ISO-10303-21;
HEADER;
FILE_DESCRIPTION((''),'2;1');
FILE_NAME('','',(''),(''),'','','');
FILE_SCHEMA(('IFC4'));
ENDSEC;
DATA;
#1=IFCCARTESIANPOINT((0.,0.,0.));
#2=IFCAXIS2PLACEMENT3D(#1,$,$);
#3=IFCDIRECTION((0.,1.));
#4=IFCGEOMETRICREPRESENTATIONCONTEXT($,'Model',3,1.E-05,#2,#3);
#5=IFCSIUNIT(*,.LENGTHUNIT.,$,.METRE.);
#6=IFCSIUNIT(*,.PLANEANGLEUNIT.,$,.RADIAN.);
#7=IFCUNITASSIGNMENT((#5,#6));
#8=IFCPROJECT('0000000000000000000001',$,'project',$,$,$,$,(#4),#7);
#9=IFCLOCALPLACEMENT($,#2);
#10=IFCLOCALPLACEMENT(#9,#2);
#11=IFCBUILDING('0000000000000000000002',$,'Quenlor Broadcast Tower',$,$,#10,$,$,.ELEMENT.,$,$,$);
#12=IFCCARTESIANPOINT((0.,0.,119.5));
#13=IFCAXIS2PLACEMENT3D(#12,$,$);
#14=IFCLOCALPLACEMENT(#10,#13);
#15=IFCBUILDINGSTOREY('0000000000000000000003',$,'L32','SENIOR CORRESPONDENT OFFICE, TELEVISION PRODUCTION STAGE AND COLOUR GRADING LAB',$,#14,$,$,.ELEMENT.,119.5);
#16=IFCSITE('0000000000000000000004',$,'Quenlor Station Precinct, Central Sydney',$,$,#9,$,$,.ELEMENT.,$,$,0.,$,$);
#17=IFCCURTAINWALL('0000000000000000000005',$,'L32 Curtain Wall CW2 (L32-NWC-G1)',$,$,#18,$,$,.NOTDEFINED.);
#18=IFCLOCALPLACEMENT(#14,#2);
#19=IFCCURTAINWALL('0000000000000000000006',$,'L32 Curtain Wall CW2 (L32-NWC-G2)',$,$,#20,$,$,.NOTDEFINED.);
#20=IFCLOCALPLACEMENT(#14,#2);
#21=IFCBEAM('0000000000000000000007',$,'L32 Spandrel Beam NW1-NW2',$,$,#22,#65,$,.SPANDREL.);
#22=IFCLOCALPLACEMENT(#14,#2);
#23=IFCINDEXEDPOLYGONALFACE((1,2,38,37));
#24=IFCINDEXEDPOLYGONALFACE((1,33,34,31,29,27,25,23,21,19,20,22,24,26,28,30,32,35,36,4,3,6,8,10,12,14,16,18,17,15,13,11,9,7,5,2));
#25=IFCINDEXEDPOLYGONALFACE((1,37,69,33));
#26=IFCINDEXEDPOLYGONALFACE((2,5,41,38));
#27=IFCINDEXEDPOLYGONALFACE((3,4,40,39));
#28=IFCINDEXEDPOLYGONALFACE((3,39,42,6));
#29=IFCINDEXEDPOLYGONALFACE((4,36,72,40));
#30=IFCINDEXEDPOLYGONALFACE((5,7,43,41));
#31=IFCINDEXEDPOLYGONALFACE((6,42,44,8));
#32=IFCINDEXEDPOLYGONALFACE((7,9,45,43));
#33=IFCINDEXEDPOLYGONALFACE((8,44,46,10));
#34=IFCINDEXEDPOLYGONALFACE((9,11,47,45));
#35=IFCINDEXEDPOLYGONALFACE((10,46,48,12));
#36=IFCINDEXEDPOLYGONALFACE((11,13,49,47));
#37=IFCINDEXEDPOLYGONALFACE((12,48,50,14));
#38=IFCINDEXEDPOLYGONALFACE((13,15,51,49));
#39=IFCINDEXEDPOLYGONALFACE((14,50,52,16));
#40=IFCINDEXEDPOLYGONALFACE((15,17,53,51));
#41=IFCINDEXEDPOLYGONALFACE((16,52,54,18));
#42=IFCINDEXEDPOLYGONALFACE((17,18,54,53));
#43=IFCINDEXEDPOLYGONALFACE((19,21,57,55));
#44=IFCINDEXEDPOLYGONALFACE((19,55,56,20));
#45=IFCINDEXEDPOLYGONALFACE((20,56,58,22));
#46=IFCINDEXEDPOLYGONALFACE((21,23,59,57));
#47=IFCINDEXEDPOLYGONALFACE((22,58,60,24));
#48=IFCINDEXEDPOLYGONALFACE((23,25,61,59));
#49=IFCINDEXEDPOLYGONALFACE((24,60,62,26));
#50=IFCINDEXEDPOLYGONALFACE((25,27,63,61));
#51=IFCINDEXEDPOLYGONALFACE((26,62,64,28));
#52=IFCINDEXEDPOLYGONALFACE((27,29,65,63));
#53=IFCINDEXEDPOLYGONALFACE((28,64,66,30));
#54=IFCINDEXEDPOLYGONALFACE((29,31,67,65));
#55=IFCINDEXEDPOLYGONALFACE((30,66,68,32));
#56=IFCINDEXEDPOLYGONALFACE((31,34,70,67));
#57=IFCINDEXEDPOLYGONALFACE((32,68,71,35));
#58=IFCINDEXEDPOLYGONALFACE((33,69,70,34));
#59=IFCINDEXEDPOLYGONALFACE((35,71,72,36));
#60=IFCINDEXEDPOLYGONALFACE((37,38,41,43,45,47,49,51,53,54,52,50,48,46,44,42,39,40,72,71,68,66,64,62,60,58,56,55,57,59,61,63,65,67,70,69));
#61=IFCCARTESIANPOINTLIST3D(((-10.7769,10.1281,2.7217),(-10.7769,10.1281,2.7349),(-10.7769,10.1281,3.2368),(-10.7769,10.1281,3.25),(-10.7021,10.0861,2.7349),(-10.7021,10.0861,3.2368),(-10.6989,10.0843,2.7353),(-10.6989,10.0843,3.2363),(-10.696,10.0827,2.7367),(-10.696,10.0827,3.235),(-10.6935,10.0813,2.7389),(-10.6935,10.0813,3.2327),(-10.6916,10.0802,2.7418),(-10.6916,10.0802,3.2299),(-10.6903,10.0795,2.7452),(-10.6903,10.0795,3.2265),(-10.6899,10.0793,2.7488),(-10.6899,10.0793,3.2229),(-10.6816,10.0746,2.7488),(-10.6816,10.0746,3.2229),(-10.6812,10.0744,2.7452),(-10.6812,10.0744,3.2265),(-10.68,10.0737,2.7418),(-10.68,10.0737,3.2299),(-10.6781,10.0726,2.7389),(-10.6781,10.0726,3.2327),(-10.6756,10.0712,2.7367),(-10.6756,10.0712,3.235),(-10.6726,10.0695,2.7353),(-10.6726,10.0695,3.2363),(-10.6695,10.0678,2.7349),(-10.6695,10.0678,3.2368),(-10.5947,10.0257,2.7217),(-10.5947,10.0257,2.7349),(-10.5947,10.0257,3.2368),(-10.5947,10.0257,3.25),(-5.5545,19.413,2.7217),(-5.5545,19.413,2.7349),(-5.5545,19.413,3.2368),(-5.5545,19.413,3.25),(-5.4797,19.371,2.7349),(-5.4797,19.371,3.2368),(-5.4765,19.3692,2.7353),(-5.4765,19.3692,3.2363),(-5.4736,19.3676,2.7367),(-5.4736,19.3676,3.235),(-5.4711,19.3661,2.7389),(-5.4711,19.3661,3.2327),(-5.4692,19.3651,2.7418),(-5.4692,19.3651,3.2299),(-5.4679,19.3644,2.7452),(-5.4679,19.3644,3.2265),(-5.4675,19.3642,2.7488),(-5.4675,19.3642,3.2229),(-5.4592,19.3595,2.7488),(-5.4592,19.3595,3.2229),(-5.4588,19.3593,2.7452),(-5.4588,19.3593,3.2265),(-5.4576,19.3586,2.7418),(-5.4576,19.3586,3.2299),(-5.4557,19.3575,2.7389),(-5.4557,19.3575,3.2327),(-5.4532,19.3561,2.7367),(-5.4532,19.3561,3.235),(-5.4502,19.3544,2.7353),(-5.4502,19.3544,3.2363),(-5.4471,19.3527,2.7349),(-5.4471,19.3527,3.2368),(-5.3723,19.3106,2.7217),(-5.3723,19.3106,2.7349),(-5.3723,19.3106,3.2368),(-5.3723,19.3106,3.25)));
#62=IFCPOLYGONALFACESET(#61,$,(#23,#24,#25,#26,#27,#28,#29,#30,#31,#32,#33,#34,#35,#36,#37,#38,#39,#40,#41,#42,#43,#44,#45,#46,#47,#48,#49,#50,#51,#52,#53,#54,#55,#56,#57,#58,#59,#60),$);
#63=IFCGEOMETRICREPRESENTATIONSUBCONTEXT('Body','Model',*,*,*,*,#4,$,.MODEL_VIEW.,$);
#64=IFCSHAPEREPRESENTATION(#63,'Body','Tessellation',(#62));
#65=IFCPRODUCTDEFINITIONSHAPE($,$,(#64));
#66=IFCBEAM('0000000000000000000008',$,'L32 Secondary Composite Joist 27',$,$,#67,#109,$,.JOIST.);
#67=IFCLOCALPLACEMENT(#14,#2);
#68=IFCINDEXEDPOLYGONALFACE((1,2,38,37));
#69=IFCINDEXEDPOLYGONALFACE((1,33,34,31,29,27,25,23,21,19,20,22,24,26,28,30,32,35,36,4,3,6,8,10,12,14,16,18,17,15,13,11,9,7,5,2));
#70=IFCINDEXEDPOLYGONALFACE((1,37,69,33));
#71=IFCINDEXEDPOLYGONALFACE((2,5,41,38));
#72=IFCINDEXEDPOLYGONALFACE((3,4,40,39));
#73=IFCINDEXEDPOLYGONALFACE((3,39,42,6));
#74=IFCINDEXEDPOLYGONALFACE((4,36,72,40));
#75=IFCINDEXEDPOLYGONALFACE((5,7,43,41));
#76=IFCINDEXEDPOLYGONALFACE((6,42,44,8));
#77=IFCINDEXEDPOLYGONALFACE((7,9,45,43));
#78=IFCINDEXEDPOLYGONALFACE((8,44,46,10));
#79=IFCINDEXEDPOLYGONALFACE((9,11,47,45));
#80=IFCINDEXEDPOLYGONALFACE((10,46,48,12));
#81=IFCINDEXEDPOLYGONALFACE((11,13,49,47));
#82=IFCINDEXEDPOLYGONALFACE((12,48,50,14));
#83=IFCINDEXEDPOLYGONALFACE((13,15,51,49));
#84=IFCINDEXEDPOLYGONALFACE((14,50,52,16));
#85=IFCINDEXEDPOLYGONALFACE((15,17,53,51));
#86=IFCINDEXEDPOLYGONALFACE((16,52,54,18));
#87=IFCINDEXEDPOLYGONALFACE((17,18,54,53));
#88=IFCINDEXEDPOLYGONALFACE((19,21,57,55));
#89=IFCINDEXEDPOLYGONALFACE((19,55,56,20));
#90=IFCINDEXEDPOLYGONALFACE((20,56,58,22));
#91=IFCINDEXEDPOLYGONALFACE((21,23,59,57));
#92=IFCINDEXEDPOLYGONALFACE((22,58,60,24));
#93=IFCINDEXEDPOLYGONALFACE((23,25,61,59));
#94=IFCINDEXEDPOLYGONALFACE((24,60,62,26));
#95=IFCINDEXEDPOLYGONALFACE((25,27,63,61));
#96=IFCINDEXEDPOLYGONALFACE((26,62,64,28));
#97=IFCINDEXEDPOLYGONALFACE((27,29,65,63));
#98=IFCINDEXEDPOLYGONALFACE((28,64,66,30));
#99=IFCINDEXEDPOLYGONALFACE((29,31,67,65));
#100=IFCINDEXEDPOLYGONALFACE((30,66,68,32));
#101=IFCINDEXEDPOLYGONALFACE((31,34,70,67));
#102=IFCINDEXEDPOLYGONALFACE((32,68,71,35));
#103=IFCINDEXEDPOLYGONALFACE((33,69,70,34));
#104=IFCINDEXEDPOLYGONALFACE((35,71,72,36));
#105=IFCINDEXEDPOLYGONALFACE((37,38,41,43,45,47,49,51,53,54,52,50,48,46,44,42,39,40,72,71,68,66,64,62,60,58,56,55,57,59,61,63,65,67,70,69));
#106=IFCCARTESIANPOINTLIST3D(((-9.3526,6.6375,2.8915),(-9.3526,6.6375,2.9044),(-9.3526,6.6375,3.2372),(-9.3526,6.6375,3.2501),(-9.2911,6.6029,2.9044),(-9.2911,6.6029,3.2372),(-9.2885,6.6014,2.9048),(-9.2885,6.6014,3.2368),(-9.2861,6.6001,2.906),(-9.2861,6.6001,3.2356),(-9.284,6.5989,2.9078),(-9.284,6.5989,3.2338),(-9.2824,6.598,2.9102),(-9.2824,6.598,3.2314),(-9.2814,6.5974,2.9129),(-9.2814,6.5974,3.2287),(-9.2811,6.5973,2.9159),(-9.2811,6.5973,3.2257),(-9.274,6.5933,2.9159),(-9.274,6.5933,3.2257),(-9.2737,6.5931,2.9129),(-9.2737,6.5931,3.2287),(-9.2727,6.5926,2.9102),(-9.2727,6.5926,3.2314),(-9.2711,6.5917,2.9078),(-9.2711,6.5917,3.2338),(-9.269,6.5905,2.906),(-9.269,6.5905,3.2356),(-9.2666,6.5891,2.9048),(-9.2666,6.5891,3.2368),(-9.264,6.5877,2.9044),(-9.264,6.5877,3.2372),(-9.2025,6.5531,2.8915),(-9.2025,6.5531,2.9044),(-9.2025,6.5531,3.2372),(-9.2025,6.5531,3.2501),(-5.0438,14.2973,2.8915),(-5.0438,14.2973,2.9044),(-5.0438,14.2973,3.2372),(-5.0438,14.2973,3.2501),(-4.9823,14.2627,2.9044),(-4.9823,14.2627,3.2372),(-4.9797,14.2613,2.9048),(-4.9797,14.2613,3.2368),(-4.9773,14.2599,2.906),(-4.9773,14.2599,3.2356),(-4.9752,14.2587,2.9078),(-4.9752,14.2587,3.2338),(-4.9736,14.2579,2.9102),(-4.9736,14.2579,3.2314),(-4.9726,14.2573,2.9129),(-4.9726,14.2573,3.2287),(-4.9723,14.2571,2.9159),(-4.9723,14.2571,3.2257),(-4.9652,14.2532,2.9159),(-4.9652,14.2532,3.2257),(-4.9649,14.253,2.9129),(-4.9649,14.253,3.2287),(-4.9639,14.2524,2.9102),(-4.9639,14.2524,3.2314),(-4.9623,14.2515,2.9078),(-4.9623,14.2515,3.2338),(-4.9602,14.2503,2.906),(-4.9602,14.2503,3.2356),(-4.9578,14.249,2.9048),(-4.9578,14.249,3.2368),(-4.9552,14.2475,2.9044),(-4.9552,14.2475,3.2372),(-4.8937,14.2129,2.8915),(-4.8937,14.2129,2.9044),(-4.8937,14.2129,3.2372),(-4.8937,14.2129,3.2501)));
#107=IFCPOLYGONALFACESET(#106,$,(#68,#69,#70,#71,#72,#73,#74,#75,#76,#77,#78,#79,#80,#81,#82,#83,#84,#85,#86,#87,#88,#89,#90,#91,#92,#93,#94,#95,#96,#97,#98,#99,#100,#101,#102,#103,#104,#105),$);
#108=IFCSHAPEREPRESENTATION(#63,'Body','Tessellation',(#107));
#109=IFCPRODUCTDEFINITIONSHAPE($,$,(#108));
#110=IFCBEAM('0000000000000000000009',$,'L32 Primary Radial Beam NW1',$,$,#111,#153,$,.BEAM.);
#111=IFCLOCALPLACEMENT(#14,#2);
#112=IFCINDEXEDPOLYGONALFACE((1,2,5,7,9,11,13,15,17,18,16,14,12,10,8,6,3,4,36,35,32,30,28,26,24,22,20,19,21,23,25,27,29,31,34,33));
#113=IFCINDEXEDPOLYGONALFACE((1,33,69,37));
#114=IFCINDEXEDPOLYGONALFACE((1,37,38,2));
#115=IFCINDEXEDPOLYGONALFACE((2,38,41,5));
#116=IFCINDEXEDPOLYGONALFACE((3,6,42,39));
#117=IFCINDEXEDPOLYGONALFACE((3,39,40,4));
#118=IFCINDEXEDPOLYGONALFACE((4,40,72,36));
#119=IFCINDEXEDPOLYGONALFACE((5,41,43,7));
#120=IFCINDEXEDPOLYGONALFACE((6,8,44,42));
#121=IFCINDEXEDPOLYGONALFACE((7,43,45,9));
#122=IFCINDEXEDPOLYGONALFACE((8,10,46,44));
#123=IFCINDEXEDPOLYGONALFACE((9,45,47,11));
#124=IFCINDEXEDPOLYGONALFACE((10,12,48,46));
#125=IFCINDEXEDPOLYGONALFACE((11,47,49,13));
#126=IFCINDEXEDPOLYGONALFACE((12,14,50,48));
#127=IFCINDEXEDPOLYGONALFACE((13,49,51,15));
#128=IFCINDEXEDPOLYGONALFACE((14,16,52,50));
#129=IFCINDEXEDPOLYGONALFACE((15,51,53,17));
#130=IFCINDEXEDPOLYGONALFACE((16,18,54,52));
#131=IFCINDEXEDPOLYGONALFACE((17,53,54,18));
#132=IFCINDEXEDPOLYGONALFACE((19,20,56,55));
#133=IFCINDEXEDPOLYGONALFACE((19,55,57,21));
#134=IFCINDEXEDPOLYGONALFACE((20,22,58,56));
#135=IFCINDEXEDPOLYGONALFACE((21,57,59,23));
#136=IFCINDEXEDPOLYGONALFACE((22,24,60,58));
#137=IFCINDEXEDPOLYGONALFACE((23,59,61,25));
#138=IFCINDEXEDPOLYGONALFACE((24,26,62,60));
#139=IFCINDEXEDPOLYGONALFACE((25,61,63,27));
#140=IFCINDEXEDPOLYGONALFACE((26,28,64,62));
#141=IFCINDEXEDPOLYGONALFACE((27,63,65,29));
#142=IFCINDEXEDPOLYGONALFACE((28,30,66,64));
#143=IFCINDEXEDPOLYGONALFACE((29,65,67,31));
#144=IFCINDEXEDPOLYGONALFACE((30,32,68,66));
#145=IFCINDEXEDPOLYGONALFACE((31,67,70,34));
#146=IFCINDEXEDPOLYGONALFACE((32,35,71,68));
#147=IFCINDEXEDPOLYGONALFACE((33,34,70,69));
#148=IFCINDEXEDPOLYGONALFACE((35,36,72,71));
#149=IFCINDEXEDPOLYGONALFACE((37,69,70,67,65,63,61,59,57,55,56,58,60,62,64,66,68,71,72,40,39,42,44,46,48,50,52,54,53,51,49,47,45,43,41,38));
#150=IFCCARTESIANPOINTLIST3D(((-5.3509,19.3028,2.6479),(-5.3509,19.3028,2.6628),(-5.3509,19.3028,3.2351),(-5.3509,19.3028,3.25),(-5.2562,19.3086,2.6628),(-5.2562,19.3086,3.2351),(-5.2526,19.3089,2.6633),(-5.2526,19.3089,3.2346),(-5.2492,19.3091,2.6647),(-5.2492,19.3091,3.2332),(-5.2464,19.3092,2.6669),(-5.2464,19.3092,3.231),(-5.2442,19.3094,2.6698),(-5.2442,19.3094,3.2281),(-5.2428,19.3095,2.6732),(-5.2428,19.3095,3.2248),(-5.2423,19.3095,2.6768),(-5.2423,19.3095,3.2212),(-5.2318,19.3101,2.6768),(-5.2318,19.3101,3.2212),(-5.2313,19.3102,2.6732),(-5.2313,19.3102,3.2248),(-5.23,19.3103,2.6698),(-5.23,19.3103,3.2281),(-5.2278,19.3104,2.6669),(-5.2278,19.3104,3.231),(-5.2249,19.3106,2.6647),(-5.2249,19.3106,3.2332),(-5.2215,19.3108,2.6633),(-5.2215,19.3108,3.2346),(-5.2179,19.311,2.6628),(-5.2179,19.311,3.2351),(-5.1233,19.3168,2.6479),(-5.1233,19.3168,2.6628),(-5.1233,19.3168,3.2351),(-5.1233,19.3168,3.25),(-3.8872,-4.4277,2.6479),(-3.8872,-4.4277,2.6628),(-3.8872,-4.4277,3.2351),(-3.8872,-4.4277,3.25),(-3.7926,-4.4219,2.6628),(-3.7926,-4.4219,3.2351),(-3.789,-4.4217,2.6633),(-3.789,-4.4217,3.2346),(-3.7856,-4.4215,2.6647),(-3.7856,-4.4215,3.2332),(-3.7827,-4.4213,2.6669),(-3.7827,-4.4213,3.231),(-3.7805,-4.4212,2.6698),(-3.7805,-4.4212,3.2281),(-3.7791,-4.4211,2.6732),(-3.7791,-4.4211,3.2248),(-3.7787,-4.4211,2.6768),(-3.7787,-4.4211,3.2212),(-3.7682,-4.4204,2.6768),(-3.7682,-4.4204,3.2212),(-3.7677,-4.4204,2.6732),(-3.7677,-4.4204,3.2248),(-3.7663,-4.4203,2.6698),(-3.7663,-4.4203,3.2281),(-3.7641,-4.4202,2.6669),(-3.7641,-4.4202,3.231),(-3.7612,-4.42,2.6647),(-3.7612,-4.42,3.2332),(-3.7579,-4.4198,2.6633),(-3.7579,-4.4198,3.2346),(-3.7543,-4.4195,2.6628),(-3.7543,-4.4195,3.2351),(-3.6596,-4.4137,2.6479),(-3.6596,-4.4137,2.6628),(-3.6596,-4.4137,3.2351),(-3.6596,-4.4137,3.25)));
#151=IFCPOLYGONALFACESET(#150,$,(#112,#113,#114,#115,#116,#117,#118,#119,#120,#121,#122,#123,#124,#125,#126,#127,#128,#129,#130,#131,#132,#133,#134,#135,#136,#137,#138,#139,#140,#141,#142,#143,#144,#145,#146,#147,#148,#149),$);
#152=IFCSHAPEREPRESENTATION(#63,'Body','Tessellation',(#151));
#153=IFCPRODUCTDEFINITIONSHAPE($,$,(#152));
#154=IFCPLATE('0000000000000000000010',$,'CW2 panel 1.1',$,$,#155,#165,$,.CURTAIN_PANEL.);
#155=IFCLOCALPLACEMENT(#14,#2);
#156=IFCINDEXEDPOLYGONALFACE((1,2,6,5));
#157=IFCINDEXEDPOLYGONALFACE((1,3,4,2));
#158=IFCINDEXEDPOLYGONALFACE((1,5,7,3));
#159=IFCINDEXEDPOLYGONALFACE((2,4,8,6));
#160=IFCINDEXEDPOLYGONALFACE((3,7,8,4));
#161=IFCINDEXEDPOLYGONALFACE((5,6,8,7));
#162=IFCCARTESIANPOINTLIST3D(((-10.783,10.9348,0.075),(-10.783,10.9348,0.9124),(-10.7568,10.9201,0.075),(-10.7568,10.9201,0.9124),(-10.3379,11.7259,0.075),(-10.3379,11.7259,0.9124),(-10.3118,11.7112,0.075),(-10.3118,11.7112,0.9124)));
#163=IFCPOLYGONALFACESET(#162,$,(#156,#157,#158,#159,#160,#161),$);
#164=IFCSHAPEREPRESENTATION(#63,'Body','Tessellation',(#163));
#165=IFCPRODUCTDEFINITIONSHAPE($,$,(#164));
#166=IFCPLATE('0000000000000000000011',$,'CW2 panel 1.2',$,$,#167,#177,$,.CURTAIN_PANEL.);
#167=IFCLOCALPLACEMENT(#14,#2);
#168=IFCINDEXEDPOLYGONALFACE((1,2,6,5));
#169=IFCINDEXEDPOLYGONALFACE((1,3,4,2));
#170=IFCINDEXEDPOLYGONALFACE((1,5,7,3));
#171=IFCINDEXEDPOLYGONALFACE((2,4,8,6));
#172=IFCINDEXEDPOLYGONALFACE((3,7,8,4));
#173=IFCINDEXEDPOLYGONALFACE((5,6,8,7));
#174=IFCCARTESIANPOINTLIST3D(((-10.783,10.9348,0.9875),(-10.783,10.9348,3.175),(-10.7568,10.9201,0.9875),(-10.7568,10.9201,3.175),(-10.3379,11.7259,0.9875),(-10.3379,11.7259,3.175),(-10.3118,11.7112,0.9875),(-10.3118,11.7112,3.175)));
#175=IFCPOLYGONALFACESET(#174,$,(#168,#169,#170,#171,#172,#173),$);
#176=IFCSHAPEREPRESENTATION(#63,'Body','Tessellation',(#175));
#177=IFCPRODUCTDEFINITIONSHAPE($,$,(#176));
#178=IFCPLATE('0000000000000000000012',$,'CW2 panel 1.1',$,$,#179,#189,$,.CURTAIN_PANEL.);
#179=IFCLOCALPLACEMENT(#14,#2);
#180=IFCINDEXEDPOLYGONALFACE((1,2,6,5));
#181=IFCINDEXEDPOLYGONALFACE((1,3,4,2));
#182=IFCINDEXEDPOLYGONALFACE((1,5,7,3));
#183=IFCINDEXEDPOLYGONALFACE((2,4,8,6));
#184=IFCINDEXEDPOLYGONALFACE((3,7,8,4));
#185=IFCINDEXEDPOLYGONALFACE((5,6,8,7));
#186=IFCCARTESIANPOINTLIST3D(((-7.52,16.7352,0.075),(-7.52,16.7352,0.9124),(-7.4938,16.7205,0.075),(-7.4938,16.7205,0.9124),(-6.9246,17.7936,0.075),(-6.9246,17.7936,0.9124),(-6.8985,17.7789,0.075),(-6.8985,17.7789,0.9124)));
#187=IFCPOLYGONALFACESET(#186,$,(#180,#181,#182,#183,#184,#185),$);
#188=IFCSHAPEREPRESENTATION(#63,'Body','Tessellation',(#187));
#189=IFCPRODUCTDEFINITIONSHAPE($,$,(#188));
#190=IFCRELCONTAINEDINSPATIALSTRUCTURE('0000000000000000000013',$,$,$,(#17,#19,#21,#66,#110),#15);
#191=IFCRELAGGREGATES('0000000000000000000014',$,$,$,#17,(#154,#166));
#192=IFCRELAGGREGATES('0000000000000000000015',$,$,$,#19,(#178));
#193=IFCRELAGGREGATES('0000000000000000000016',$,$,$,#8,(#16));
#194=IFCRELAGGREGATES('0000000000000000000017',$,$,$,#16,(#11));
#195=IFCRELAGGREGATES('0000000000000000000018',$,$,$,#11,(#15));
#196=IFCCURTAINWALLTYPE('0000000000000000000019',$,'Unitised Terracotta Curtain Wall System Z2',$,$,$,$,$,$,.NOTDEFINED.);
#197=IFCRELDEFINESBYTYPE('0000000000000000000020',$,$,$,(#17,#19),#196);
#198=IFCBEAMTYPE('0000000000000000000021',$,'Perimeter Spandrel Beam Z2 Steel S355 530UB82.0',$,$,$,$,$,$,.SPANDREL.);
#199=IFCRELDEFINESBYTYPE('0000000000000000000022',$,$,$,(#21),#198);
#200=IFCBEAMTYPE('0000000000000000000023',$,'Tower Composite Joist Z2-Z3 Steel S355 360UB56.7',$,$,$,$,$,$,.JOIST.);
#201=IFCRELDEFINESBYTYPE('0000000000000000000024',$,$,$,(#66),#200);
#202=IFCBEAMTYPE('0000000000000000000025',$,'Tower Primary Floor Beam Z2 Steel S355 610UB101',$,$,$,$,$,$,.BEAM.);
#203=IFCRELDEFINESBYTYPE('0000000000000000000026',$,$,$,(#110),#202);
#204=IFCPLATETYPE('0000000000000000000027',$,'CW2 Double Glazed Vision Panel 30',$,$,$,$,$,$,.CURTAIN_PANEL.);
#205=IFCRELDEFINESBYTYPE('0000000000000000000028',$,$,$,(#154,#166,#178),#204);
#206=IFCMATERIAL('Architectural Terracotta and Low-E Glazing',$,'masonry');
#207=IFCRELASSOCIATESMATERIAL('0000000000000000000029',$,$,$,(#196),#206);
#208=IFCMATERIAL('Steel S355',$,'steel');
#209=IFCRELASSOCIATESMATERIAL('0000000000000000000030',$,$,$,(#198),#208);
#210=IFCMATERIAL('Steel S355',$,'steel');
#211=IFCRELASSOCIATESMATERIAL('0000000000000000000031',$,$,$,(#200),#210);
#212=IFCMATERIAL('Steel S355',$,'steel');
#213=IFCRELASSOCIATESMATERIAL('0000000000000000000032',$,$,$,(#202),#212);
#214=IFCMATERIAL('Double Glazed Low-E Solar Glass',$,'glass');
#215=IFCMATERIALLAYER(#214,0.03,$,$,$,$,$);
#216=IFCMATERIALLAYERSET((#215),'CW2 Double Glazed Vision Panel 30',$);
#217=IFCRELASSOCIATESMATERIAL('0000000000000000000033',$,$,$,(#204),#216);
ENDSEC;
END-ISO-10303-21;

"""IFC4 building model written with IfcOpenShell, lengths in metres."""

from ifc_helpers import new_model, si_unit, direction, frame, origin, origin_2d, place, context, subcontext, project, spatial, rectangle, i_section, extrude, material, layer, layer_set, material_profile, profile_set, type_object, element, aggregate, save


model = new_model("IFC4")

# Units and contexts
model_context = context("Model", 3, precision=1e-05, world=origin(), true_north=direction((0.0, 1.0)))
body_context = subcontext(model_context, "Body", "Model", "MODEL_VIEW")
ifc_project = project(units=[si_unit("LENGTHUNIT", "METRE"), si_unit("PLANEANGLEUNIT", "RADIAN")], contexts=[model_context])

# Site, building, storey
site_placement = place(None, origin())
site = spatial("IfcSite", under=ifc_project, at=site_placement, Name="Quenlor Station Precinct, Central Sydney", CompositionType="ELEMENT", RefElevation=0.0)
building_placement = place(site_placement, origin())
building = spatial("IfcBuilding", under=site, at=building_placement, Name="Quenlor Broadcast Tower", CompositionType="ELEMENT")
storey_placement = place(building_placement, frame((0.0, 0.0, 119.5)))
storey = spatial("IfcBuildingStorey", under=building, at=storey_placement, Name="L32", Description="SENIOR CORRESPONDENT OFFICE, TELEVISION PRODUCTION STAGE AND COLOUR GRADING LAB", CompositionType="ELEMENT", Elevation=119.5)

# Curtain wall
ifc_material_1 = material(Name="Architectural Terracotta and Low-E Glazing", Category="masonry")
curtain_wall_type = type_object("IfcCurtainWallType", Name="Unitised Terracotta Curtain Wall System Z2", PredefinedType="NOTDEFINED", material=ifc_material_1)
curtain_wall_1_placement = place(storey_placement, origin())
curtain_wall_1 = element("IfcCurtainWall", 1, at=curtain_wall_1_placement, inside=storey, type_object=curtain_wall_type, Name="L32 Curtain Wall CW2 (L32-NWC-G1)", PredefinedType="NOTDEFINED")

# Curtain wall
curtain_wall_2_placement = place(storey_placement, origin())
curtain_wall_2 = element("IfcCurtainWall", 2, at=curtain_wall_2_placement, inside=storey, type_object=curtain_wall_type, Name="L32 Curtain Wall CW2 (L32-NWC-G2)", PredefinedType="NOTDEFINED")

# Beams
ifc_material_2 = material(Name="Steel S355", Category="steel")
ifc_material_profile_1 = material_profile(ifc_material_2, i_section(OverallWidth=0.209, OverallDepth=0.5283, WebThickness=0.0095, FlangeThickness=0.0132, FilletRadius=0.0139, at=origin_2d()))
ifc_profile_set_1 = profile_set([ifc_material_profile_1], Name="Steel S355 530UB82.0")
beam_type_1 = type_object("IfcBeamType", Name="Perimeter Spandrel Beam Z2 Steel S355 530UB82.0", PredefinedType="SPANDREL", material=ifc_profile_set_1)
beam_1_placement = place(storey_placement, frame((-5.4634, 19.3618, 2.9858), z_axis=(-0.490236, -0.87159, 0.0), x_axis=(0.87159, -0.490236, 0.0)))
element("IfcBeam", 3, at=beam_1_placement, inside=storey, type_object=beam_type_1, Name="L32 Spandrel Beam NW1-NW2", PredefinedType="SPANDREL", context=body_context, shape_type="SweptSolid", body=[
    extrude(i_section(OverallWidth=0.209, OverallDepth=0.5283, WebThickness=0.0095, FlangeThickness=0.0132, FilletRadius=0.0139, at=origin_2d()), origin(), (0.0, 0.0, 1.0), 10.6528),
])
ifc_material_3 = material(Name="Steel S355", Category="steel")
ifc_material_profile_2 = material_profile(ifc_material_3, i_section(OverallWidth=0.1721, OverallDepth=0.3586, WebThickness=0.0081, FlangeThickness=0.0129, FilletRadius=0.0115, at=origin_2d()))
ifc_profile_set_2 = profile_set([ifc_material_profile_2], Name="Steel S355 360UB56.7")
beam_type_2 = type_object("IfcBeamType", Name="Tower Composite Joist Z2-Z3 Steel S355 360UB56.7", PredefinedType="JOIST", material=ifc_profile_set_2)
beam_2_placement = place(storey_placement, frame((-4.9688, 14.2551, 3.0708), z_axis=(-0.490273, -0.871569, 0.0), x_axis=(0.871569, -0.490273, 0.0)))
element("IfcBeam", 4, at=beam_2_placement, inside=storey, type_object=beam_type_2, Name="L32 Secondary Composite Joist 27", PredefinedType="JOIST", context=body_context, shape_type="SweptSolid", body=[
    extrude(i_section(OverallWidth=0.1721, OverallDepth=0.3586, WebThickness=0.0081, FlangeThickness=0.0129, FilletRadius=0.0115, at=origin_2d()), origin(), (0.0, 0.0, 1.0), 8.7886),
])
ifc_material_4 = material(Name="Steel S355", Category="steel")
ifc_material_profile_3 = material_profile(ifc_material_4, i_section(OverallWidth=0.228, OverallDepth=0.6021, WebThickness=0.0105, FlangeThickness=0.0149, FilletRadius=0.0139, at=origin_2d()))
ifc_profile_set_3 = profile_set([ifc_material_profile_3], Name="Steel S355 610UB101")
beam_type_3 = type_object("IfcBeamType", Name="Tower Primary Floor Beam Z2 Steel S355 610UB101", PredefinedType="BEAM", material=ifc_profile_set_3)
beam_3_placement = place(storey_placement, frame((-5.2371, 19.3098, 2.949), z_axis=(0.06156, -0.998103, 0.0), x_axis=(0.998103, 0.06156, 0.0)))
element("IfcBeam", 5, at=beam_3_placement, inside=storey, type_object=beam_type_3, Name="L32 Primary Radial Beam NW1", PredefinedType="BEAM", context=body_context, shape_type="SweptSolid", body=[
    extrude(i_section(OverallWidth=0.228, OverallDepth=0.6021, WebThickness=0.0105, FlangeThickness=0.0149, FilletRadius=0.0139, at=origin_2d()), origin(), (0.0, 0.0, 1.0), 23.7756),
])

# Plates
ifc_material_5 = material(Name="Double Glazed Low-E Solar Glass", Category="glass")
ifc_layer_1 = layer(ifc_material_5, 0.03)
ifc_layer_set_1 = layer_set([ifc_layer_1], Name="CW2 Double Glazed Vision Panel 30")
plate_type_1 = type_object("IfcPlateType", Name="CW2 Double Glazed Vision Panel 30", PredefinedType="CURTAIN_PANEL", material=ifc_layer_set_1)
plate_1_placement = place(storey_placement, frame((-10.5474, 11.323, 0.075), z_axis=(0.0, 0.0, 1.0), x_axis=(0.490252, 0.871581, 0.0)))
plate_1 = element("IfcPlate", 6, at=plate_1_placement, type_object=plate_type_1, Name="CW2 panel 1.1", PredefinedType="CURTAIN_PANEL", context=body_context, shape_type="SweptSolid", body=[
    extrude(rectangle(XDim=0.9077, YDim=0.03, at=origin_2d()), origin(), (0.0, 0.0, 1.0), 0.8374),
])
plate_2_placement = place(storey_placement, frame((-10.5474, 11.323, 0.9875), z_axis=(0.0, 0.0, 1.0), x_axis=(0.490252, 0.871581, 0.0)))
plate_2 = element("IfcPlate", 7, at=plate_2_placement, type_object=plate_type_1, Name="CW2 panel 1.2", PredefinedType="CURTAIN_PANEL", context=body_context, shape_type="SweptSolid", body=[
    extrude(rectangle(XDim=0.9077, YDim=0.03, at=origin_2d()), origin(), (0.0, 0.0, 1.0), 2.1875),
])
aggregate(curtain_wall_1, [plate_1, plate_2])
plate_3_placement = place(storey_placement, frame((-7.2092, 17.2571, 0.075), z_axis=(0.0, 0.0, 1.0), x_axis=(0.490247, 0.871583, 0.0)))
plate_3 = element("IfcPlate", 8, at=plate_3_placement, type_object=plate_type_1, Name="CW2 panel 1.1", PredefinedType="CURTAIN_PANEL", context=body_context, shape_type="SweptSolid", body=[
    extrude(rectangle(XDim=1.2144, YDim=0.03, at=origin_2d()), origin(), (0.0, 0.0, 1.0), 0.8374),
])
aggregate(curtain_wall_2, [plate_3])

save(model, "model.ifc")
